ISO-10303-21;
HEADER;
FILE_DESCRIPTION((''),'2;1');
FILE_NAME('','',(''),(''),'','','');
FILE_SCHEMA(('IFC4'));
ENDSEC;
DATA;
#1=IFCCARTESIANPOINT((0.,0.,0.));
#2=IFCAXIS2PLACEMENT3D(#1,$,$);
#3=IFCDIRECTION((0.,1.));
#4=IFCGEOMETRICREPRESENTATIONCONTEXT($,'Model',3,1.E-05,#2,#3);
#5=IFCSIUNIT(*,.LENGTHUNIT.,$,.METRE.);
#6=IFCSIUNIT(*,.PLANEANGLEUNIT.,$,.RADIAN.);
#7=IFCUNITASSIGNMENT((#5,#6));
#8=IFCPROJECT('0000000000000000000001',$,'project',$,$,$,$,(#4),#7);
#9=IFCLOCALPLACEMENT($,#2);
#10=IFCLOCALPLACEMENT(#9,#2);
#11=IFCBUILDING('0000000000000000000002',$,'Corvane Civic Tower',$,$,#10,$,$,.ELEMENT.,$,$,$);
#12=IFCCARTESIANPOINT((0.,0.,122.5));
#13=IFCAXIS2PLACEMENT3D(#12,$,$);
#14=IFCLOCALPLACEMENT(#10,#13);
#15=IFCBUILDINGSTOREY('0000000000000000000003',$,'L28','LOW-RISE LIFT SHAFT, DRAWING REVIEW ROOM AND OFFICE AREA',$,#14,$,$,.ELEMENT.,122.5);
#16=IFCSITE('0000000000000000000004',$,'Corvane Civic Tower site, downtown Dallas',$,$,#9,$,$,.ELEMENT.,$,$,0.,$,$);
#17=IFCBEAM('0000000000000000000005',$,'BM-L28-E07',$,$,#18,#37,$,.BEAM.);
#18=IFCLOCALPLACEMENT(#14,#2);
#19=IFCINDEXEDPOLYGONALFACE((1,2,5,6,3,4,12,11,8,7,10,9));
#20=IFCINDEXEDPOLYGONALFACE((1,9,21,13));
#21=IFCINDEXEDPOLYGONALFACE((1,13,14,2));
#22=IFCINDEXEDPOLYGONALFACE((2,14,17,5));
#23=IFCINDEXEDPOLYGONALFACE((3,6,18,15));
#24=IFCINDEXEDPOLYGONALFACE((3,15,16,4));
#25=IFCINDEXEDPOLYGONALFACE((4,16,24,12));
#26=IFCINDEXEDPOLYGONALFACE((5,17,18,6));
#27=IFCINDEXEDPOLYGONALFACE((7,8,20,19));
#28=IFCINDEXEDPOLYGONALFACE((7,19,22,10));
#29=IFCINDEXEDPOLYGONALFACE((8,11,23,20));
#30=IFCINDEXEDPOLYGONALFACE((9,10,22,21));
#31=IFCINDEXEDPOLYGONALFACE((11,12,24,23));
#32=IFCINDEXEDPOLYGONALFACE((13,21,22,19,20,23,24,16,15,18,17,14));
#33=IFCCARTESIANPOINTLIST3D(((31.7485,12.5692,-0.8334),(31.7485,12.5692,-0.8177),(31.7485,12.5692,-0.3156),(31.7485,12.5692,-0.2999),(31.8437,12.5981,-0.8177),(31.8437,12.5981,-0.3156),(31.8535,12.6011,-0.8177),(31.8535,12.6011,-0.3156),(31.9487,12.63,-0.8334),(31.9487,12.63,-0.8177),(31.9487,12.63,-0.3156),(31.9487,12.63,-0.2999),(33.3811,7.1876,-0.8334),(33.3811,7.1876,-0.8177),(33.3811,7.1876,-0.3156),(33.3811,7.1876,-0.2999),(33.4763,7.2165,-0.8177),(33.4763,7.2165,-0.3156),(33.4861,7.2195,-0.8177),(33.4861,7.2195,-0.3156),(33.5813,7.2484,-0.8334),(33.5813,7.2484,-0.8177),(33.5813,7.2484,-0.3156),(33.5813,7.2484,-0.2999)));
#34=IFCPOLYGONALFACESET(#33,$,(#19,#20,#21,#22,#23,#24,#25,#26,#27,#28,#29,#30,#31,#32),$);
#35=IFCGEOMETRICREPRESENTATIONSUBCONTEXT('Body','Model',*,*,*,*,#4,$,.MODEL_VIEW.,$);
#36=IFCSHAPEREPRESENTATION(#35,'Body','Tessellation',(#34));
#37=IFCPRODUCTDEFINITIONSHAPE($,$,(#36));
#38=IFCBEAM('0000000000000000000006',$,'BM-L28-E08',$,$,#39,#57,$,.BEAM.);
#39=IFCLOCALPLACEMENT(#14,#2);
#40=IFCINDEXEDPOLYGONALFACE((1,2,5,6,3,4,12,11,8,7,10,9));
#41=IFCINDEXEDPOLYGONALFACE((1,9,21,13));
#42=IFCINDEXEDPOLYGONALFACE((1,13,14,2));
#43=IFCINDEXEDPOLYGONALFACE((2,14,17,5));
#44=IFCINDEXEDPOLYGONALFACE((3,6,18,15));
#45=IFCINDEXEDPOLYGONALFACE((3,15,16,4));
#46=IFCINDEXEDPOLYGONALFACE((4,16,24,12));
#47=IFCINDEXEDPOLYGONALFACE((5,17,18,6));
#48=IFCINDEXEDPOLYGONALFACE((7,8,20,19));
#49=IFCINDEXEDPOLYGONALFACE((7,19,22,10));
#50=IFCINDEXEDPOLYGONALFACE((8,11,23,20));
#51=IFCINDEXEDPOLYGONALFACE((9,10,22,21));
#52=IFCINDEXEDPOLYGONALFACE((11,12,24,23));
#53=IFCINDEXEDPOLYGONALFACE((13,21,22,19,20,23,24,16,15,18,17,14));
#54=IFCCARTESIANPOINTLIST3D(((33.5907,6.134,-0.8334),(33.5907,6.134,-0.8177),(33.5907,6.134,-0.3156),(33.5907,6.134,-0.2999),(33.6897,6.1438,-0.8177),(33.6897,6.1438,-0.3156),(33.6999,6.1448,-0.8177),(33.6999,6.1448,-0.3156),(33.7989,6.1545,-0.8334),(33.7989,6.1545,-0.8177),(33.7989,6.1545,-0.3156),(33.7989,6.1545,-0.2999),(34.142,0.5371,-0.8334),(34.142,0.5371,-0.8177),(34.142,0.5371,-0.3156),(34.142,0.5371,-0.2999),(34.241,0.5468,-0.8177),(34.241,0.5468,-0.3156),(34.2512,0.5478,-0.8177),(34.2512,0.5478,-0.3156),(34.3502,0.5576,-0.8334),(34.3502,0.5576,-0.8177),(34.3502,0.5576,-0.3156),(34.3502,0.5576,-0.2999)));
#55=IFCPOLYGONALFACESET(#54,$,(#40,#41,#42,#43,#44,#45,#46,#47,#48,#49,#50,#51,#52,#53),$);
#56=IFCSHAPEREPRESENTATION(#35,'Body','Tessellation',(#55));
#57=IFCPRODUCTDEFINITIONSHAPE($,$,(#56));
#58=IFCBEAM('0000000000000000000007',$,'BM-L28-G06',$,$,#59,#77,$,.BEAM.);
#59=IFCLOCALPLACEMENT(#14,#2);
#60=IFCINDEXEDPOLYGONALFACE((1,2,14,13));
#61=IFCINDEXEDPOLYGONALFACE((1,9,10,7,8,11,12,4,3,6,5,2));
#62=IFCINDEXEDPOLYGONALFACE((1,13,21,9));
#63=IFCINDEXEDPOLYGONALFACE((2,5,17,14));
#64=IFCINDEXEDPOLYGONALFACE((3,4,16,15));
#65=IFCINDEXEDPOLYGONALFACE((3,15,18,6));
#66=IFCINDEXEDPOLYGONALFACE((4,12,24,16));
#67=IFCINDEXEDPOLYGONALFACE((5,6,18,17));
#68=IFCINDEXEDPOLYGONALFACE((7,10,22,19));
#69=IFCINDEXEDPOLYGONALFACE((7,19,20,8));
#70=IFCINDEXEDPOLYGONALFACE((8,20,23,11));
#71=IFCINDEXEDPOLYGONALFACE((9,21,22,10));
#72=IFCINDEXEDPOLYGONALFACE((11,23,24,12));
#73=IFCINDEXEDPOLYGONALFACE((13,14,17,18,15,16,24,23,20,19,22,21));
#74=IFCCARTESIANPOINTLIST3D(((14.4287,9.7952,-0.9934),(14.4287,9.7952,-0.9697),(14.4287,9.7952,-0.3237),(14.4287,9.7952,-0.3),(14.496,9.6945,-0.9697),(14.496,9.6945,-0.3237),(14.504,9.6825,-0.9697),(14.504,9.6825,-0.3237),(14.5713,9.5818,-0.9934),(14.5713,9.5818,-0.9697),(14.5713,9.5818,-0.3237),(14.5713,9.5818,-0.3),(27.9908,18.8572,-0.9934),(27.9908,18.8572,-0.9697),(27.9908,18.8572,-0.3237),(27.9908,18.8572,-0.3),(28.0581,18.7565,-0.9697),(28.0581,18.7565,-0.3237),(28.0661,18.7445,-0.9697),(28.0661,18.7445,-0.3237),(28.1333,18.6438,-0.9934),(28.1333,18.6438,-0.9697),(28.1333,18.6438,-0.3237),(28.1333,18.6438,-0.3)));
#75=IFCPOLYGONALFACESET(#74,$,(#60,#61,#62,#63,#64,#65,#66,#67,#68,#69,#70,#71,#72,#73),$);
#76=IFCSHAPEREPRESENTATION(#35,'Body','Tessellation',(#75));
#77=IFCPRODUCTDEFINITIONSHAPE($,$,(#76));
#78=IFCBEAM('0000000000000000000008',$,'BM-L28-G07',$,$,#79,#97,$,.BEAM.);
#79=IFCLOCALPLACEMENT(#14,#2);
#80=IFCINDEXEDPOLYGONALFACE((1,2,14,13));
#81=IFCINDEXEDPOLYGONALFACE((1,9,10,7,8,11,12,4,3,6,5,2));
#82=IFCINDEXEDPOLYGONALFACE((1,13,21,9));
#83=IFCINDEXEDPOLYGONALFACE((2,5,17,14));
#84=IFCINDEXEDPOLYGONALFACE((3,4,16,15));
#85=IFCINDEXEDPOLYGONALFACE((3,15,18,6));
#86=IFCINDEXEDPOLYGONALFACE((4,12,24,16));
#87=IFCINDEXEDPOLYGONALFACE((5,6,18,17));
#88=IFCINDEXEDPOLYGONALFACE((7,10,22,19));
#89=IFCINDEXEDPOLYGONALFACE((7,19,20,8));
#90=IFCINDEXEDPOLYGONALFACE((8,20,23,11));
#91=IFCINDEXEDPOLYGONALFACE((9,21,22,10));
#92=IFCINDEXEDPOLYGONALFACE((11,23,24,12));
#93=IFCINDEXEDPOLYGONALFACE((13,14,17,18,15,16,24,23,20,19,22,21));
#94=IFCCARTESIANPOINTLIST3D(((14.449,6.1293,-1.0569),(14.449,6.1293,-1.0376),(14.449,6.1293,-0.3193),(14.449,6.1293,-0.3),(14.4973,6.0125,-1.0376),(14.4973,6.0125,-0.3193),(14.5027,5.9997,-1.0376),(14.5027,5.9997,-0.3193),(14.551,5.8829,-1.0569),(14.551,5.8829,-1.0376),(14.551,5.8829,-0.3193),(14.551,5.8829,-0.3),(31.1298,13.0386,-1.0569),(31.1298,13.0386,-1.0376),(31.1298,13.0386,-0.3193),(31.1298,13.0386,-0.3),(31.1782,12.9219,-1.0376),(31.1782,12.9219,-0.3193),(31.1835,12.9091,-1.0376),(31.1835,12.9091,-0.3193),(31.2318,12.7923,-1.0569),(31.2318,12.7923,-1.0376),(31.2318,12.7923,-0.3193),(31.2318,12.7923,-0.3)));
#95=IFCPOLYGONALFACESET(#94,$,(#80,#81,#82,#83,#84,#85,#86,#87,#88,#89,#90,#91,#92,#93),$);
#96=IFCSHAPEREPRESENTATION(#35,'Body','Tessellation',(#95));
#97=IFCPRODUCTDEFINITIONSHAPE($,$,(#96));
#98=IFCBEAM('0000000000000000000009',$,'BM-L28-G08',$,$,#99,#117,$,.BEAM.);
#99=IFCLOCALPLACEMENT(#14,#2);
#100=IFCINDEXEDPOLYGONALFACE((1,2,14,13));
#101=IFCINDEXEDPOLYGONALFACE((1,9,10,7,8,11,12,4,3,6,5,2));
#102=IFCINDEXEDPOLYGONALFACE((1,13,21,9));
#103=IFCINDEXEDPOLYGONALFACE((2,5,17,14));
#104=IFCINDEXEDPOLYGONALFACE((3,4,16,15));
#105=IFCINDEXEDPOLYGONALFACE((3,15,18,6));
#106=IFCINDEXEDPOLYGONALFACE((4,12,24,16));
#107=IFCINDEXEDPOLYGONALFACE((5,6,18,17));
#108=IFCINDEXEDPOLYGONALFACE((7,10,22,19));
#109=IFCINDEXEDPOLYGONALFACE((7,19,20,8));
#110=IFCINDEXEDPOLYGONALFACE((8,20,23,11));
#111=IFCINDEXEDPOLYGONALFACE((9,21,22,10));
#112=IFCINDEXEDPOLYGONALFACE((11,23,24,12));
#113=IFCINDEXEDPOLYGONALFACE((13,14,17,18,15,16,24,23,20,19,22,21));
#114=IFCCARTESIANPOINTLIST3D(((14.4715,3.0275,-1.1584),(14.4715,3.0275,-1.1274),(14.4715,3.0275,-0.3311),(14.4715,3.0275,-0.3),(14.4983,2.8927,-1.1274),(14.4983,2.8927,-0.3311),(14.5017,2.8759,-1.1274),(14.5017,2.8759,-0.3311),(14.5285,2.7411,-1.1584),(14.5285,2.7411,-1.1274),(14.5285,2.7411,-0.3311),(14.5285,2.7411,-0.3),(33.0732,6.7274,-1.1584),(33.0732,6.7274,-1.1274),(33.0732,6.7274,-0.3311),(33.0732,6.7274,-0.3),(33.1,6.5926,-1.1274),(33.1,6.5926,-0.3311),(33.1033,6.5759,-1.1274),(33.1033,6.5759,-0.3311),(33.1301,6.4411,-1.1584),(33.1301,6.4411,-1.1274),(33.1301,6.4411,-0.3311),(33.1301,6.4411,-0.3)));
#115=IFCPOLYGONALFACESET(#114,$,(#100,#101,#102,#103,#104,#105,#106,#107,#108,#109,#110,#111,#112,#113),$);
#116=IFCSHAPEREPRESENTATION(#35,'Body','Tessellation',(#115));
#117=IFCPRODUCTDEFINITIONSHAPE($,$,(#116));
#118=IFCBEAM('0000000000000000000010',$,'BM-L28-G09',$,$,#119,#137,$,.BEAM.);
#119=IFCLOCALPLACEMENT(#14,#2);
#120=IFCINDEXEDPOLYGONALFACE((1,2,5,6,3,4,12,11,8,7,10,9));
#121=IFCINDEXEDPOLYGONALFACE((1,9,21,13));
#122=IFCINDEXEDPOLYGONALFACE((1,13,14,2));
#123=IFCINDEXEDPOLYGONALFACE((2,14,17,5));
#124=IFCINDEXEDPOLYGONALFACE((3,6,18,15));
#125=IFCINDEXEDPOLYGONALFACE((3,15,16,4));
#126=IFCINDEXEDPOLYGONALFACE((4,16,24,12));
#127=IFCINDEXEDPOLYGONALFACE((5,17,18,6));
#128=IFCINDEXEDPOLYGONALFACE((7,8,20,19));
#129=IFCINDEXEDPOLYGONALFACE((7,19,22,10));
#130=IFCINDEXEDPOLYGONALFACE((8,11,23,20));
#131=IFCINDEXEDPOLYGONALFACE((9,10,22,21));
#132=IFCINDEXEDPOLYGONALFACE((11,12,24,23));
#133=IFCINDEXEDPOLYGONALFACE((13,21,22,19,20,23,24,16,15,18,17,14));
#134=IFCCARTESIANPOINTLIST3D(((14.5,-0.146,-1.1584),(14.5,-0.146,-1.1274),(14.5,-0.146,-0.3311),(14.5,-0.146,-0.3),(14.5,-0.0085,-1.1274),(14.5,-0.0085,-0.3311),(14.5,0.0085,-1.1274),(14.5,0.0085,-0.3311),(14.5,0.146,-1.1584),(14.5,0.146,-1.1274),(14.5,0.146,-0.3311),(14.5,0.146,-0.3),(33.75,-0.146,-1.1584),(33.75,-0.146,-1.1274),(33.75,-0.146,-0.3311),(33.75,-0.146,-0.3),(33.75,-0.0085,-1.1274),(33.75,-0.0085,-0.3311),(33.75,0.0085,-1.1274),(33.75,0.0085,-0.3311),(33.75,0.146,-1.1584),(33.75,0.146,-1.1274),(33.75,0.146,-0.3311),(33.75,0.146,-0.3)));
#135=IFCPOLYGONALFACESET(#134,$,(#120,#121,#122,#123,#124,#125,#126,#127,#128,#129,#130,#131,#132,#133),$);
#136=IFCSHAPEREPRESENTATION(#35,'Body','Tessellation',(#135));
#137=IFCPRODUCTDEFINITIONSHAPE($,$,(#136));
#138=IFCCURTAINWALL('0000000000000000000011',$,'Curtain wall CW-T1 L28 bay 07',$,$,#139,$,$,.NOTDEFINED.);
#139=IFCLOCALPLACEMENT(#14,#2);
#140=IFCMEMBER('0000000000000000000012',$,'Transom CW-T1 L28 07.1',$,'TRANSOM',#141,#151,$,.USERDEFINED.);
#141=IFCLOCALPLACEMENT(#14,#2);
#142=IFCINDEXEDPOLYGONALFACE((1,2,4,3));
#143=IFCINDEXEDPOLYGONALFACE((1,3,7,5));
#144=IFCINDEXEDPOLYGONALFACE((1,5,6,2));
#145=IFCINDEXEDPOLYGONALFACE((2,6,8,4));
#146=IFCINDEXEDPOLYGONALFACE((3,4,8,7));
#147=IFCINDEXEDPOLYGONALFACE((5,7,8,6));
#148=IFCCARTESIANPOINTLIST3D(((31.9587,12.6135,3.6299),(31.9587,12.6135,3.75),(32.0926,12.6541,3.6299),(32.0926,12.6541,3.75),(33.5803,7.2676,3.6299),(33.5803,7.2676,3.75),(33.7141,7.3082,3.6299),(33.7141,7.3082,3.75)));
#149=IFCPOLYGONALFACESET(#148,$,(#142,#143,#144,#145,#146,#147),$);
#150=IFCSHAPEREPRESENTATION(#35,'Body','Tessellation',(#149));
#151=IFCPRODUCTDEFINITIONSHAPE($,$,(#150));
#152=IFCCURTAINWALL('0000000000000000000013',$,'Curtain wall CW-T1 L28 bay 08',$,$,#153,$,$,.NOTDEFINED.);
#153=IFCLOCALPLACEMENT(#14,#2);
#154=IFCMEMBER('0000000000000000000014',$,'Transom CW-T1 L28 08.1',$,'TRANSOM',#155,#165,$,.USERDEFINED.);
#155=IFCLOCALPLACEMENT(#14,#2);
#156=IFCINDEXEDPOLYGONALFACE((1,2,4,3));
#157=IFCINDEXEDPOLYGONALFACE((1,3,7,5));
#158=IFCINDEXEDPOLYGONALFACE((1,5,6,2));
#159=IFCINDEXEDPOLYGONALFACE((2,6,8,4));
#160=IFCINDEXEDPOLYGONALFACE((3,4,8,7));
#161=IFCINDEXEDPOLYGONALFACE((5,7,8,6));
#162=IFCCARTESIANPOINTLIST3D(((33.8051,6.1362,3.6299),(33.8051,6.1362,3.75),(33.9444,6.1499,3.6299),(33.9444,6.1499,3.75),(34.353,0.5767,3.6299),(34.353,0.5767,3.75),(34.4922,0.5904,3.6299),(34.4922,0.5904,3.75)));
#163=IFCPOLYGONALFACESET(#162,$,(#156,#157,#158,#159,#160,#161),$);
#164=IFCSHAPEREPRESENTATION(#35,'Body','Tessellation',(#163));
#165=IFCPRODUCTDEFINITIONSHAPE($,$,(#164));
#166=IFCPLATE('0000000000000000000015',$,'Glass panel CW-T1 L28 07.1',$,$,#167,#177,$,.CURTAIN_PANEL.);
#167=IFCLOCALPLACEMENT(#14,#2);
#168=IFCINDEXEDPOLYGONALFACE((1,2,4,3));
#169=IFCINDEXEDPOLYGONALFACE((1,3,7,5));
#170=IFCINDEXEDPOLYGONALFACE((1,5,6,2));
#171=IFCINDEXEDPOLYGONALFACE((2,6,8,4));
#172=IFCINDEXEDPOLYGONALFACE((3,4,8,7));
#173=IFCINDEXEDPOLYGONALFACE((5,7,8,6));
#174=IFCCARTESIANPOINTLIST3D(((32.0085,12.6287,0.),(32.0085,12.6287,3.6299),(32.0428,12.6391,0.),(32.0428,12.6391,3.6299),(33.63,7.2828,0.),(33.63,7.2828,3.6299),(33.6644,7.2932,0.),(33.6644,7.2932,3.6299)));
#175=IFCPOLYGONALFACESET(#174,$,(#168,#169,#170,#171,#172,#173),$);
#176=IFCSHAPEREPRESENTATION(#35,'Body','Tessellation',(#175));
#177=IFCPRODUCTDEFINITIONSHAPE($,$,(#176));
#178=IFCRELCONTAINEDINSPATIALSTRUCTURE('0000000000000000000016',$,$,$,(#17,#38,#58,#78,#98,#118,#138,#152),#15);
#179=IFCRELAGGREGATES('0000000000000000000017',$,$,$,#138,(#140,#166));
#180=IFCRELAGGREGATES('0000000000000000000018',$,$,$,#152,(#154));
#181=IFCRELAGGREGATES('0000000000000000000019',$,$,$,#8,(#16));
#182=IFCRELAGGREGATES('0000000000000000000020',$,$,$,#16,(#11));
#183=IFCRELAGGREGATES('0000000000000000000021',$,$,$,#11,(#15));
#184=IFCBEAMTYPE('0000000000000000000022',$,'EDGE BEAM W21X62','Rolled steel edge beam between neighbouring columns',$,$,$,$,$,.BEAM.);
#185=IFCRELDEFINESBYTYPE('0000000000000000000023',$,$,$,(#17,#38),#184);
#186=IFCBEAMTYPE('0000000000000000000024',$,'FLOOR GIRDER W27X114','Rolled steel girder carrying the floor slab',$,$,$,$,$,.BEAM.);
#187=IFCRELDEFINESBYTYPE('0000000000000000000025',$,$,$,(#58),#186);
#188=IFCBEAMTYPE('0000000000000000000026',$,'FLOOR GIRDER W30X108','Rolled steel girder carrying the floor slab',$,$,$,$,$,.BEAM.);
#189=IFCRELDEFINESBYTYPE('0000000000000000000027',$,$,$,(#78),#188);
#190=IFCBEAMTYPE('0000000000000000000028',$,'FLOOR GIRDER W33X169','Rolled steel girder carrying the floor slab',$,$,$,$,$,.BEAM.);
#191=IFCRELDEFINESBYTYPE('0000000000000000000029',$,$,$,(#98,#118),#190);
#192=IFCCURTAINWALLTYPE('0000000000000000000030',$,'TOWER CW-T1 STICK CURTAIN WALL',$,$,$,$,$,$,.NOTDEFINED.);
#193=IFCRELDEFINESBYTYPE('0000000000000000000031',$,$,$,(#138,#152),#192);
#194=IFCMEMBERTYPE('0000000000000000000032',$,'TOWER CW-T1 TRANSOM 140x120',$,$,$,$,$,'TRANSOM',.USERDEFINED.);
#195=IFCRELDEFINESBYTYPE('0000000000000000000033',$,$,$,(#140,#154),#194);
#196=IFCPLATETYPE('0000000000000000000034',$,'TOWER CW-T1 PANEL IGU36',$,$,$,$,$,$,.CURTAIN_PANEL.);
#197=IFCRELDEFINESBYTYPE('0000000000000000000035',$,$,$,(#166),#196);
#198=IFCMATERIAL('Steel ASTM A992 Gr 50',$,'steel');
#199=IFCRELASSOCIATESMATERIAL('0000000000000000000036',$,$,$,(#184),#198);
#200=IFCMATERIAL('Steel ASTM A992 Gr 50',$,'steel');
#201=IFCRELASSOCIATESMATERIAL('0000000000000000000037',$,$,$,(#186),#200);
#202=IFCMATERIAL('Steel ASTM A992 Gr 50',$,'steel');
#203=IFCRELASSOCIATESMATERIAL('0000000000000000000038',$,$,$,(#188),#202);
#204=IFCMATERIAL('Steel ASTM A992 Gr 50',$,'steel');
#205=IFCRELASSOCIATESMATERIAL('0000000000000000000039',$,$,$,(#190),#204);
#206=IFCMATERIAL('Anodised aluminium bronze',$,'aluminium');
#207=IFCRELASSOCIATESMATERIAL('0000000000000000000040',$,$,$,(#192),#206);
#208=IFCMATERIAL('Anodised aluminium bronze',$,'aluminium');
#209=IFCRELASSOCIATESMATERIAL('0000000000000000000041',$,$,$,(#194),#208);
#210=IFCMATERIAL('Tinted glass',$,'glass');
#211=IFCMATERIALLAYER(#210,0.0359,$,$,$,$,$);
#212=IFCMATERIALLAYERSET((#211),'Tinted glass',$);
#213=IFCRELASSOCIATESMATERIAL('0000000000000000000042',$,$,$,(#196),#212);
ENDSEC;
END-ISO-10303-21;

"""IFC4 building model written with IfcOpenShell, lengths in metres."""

from ifc_helpers import new_model, si_unit, direction, frame, origin, origin_2d, place, context, subcontext, project, spatial, rectangle, i_section, extrude, material, layer, layer_set, material_profile, profile_set, type_object, element, aggregate, save


model = new_model("IFC4")

# Units and contexts
model_context = context("Model", 3, precision=1e-05, world=origin(), true_north=direction((0.0, 1.0)))
body_context = subcontext(model_context, "Body", "Model", "MODEL_VIEW")
ifc_project = project(units=[si_unit("LENGTHUNIT", "METRE"), si_unit("PLANEANGLEUNIT", "RADIAN")], contexts=[model_context])

# Site, building, storey
site_placement = place(None, origin())
site = spatial("IfcSite", under=ifc_project, at=site_placement, Name="Corvane Civic Tower site, downtown Dallas", CompositionType="ELEMENT", RefElevation=0.0)
building_placement = place(site_placement, origin())
building = spatial("IfcBuilding", under=site, at=building_placement, Name="Corvane Civic Tower", CompositionType="ELEMENT")
storey_placement = place(building_placement, frame((0.0, 0.0, 122.5)))
storey = spatial("IfcBuildingStorey", under=building, at=storey_placement, Name="L28", Description="LOW-RISE LIFT SHAFT, DRAWING REVIEW ROOM AND OFFICE AREA", CompositionType="ELEMENT", Elevation=122.5)

# Beams
ifc_material_1 = material(Name="Steel ASTM A992 Gr 50", Category="steel")
ifc_material_profile_1 = material_profile(ifc_material_1, i_section(OverallWidth=0.2092, OverallDepth=0.5334, WebThickness=0.0103, FlangeThickness=0.0156, at=origin_2d()), Name="W21X62")
ifc_profile_set_1 = profile_set([ifc_material_profile_1], Name="Steel ASTM A992 Gr 50")
beam_type_1 = type_object("IfcBeamType", Name="EDGE BEAM W21X62", Description="Rolled steel edge beam between neighbouring columns", PredefinedType="BEAM", material=ifc_profile_set_1)
beam_1_placement = place(storey_placement, frame((31.8486, 12.5996, -0.5667), z_axis=(0.290298, -0.956936, 0.0), x_axis=(0.956936, 0.290298, 0.0)))
element("IfcBeam", 1, at=beam_1_placement, inside=storey, type_object=beam_type_1, Name="BM-L28-E07", PredefinedType="BEAM", context=body_context, shape_type="SweptSolid", body=[
    extrude(i_section(OverallWidth=0.2092, OverallDepth=0.5334, WebThickness=0.0103, FlangeThickness=0.0156, at=origin_2d()), origin(), (0.0, 0.0, 1.0), 5.6238),
])
beam_2_placement = place(storey_placement, frame((33.6948, 6.1443, -0.5667), z_axis=(0.098021, -0.995184, 0.0), x_axis=(0.995184, 0.098021, 0.0)))
element("IfcBeam", 2, at=beam_2_placement, inside=storey, type_object=beam_type_1, Name="BM-L28-E08", PredefinedType="BEAM", context=body_context, shape_type="SweptSolid", body=[
    extrude(i_section(OverallWidth=0.2092, OverallDepth=0.5334, WebThickness=0.0103, FlangeThickness=0.0156, at=origin_2d()), origin(), (0.0, 0.0, 1.0), 5.624),
])
ifc_material_2 = material(Name="Steel ASTM A992 Gr 50", Category="steel")
ifc_material_profile_2 = material_profile(ifc_material_2, i_section(OverallWidth=0.2566, OverallDepth=0.6934, WebThickness=0.0144, FlangeThickness=0.0237, at=origin_2d()), Name="W27X114")
ifc_profile_set_2 = profile_set([ifc_material_profile_2], Name="Steel ASTM A992 Gr 50")
beam_type_2 = type_object("IfcBeamType", Name="FLOOR GIRDER W27X114", Description="Rolled steel girder carrying the floor slab", PredefinedType="BEAM", material=ifc_profile_set_2)
beam_3_placement = place(storey_placement, frame((14.5, 9.6885, -0.6467), z_axis=(0.831465, 0.555577, 0.0), x_axis=(-0.555577, 0.831465, 0.0)))
element("IfcBeam", 3, at=beam_3_placement, inside=storey, type_object=beam_type_2, Name="BM-L28-G06", PredefinedType="BEAM", context=body_context, shape_type="SweptSolid", body=[
    extrude(i_section(OverallWidth=0.2566, OverallDepth=0.6934, WebThickness=0.0144, FlangeThickness=0.0237, at=origin_2d()), origin(), (0.0, 0.0, 1.0), 16.311),
])
ifc_material_3 = material(Name="Steel ASTM A992 Gr 50", Category="steel")
ifc_material_profile_3 = material_profile(ifc_material_3, i_section(OverallWidth=0.2666, OverallDepth=0.7568, WebThickness=0.0139, FlangeThickness=0.0193, at=origin_2d()), Name="W30X108")
ifc_profile_set_3 = profile_set([ifc_material_profile_3], Name="Steel ASTM A992 Gr 50")
beam_type_3 = type_object("IfcBeamType", Name="FLOOR GIRDER W30X108", Description="Rolled steel girder carrying the floor slab", PredefinedType="BEAM", material=ifc_profile_set_3)
beam_4_placement = place(storey_placement, frame((14.5, 6.0061, -0.6785), z_axis=(0.92388, 0.382682, 0.0), x_axis=(-0.382682, 0.92388, 0.0)))
element("IfcBeam", 4, at=beam_4_placement, inside=storey, type_object=beam_type_3, Name="BM-L28-G07", PredefinedType="BEAM", context=body_context, shape_type="SweptSolid", body=[
    extrude(i_section(OverallWidth=0.2666, OverallDepth=0.7568, WebThickness=0.0139, FlangeThickness=0.0193, at=origin_2d()), origin(), (0.0, 0.0, 1.0), 18.0552),
])
ifc_material_4 = material(Name="Steel ASTM A992 Gr 50", Category="steel")
ifc_material_profile_4 = material_profile(ifc_material_4, i_section(OverallWidth=0.292, OverallDepth=0.8584, WebThickness=0.0171, FlangeThickness=0.031, at=origin_2d()), Name="W33X169")
ifc_profile_set_4 = profile_set([ifc_material_profile_4], Name="Steel ASTM A992 Gr 50")
beam_type_4 = type_object("IfcBeamType", Name="FLOOR GIRDER W33X169", Description="Rolled steel girder carrying the floor slab", PredefinedType="BEAM", material=ifc_profile_set_4)
beam_5_placement = place(storey_placement, frame((14.5, 2.8843, -0.7292), z_axis=(0.980787, 0.195084, 0.0), x_axis=(-0.195084, 0.980787, 0.0)))
element("IfcBeam", 5, at=beam_5_placement, inside=storey, type_object=beam_type_4, Name="BM-L28-G08", PredefinedType="BEAM", context=body_context, shape_type="SweptSolid", body=[
    extrude(i_section(OverallWidth=0.292, OverallDepth=0.8584, WebThickness=0.0171, FlangeThickness=0.031, at=origin_2d()), origin(), (0.0, 0.0, 1.0), 18.9661),
])
beam_6_placement = place(storey_placement, frame((14.5, 0.0, -0.7292), z_axis=(1.0, 0.0, 0.0), x_axis=(0.0, 1.0, 0.0)))
element("IfcBeam", 6, at=beam_6_placement, inside=storey, type_object=beam_type_4, Name="BM-L28-G09", PredefinedType="BEAM", context=body_context, shape_type="SweptSolid", body=[
    extrude(i_section(OverallWidth=0.292, OverallDepth=0.8584, WebThickness=0.0171, FlangeThickness=0.031, at=origin_2d()), origin(), (0.0, 0.0, 1.0), 19.25),
])

# Curtain walls, members
ifc_material_5 = material(Name="Anodised aluminium bronze", Category="aluminium")
curtain_wall_type = type_object("IfcCurtainWallType", Name="TOWER CW-T1 STICK CURTAIN WALL", PredefinedType="NOTDEFINED", material=ifc_material_5)
curtain_wall_1_placement = place(storey_placement, origin())
curtain_wall_1 = element("IfcCurtainWall", 7, at=curtain_wall_1_placement, inside=storey, type_object=curtain_wall_type, Name="Curtain wall CW-T1 L28 bay 07", PredefinedType="NOTDEFINED")
ifc_material_6 = material(Name="Anodised aluminium bronze", Category="aluminium")
ifc_material_profile_5 = material_profile(ifc_material_6, rectangle(XDim=0.1399, YDim=0.1201, at=origin_2d()), Name="TOWER CW-T1 TRANSOM 140x120")
ifc_profile_set_5 = profile_set([ifc_material_profile_5], Name="Anodised aluminium bronze")
member_type = type_object("IfcMemberType", Name="TOWER CW-T1 TRANSOM 140x120", ElementType="TRANSOM", PredefinedType="USERDEFINED", material=ifc_profile_set_5)
member_1_placement = place(storey_placement, frame((32.0256, 12.6338, 3.6899), z_axis=(0.290269, -0.956945, 0.0), x_axis=(0.956945, 0.290269, 0.0)))
member_1 = element("IfcMember", 8, at=member_1_placement, type_object=member_type, Name="Transom CW-T1 L28 07.1", ObjectType="TRANSOM", PredefinedType="USERDEFINED", context=body_context, shape_type="SweptSolid", body=[
    extrude(rectangle(XDim=0.1399, YDim=0.1201, at=origin_2d()), origin(), (0.0, 0.0, 1.0), 5.5864),
])
curtain_wall_2_placement = place(storey_placement, origin())
curtain_wall_2 = element("IfcCurtainWall", 9, at=curtain_wall_2_placement, inside=storey, type_object=curtain_wall_type, Name="Curtain wall CW-T1 L28 bay 08", PredefinedType="NOTDEFINED")
member_2_placement = place(storey_placement, frame((33.8748, 6.1431, 3.6899), z_axis=(0.098067, -0.99518, 0.0), x_axis=(0.99518, 0.098067, 0.0)))
member_2 = element("IfcMember", 10, at=member_2_placement, type_object=member_type, Name="Transom CW-T1 L28 08.1", ObjectType="TRANSOM", PredefinedType="USERDEFINED", context=body_context, shape_type="SweptSolid", body=[
    extrude(rectangle(XDim=0.1399, YDim=0.1201, at=origin_2d()), origin(), (0.0, 0.0, 1.0), 5.5864),
])

# Plate
ifc_material_7 = material(Name="Tinted glass", Category="glass")
ifc_layer_1 = layer(ifc_material_7, 0.0359)
ifc_layer_set_1 = layer_set([ifc_layer_1], Name="Tinted glass")
plate_type = type_object("IfcPlateType", Name="TOWER CW-T1 PANEL IGU36", PredefinedType="CURTAIN_PANEL", material=ifc_layer_set_1)
plate_1_placement = place(storey_placement, frame((32.8364, 9.9609, 0.0), z_axis=(0.0, 0.0, 1.0), x_axis=(0.290266, -0.956946, 0.0)))
plate_1 = element("IfcPlate", 11, at=plate_1_placement, type_object=plate_type, Name="Glass panel CW-T1 L28 07.1", PredefinedType="CURTAIN_PANEL", context=body_context, shape_type="SweptSolid", body=[
    extrude(rectangle(XDim=5.5864, YDim=0.0359, at=origin_2d()), origin(), (0.0, 0.0, 1.0), 3.6299),
])
aggregate(curtain_wall_1, [member_1, plate_1])
aggregate(curtain_wall_2, [member_2])

save(model, "model.ifc")
